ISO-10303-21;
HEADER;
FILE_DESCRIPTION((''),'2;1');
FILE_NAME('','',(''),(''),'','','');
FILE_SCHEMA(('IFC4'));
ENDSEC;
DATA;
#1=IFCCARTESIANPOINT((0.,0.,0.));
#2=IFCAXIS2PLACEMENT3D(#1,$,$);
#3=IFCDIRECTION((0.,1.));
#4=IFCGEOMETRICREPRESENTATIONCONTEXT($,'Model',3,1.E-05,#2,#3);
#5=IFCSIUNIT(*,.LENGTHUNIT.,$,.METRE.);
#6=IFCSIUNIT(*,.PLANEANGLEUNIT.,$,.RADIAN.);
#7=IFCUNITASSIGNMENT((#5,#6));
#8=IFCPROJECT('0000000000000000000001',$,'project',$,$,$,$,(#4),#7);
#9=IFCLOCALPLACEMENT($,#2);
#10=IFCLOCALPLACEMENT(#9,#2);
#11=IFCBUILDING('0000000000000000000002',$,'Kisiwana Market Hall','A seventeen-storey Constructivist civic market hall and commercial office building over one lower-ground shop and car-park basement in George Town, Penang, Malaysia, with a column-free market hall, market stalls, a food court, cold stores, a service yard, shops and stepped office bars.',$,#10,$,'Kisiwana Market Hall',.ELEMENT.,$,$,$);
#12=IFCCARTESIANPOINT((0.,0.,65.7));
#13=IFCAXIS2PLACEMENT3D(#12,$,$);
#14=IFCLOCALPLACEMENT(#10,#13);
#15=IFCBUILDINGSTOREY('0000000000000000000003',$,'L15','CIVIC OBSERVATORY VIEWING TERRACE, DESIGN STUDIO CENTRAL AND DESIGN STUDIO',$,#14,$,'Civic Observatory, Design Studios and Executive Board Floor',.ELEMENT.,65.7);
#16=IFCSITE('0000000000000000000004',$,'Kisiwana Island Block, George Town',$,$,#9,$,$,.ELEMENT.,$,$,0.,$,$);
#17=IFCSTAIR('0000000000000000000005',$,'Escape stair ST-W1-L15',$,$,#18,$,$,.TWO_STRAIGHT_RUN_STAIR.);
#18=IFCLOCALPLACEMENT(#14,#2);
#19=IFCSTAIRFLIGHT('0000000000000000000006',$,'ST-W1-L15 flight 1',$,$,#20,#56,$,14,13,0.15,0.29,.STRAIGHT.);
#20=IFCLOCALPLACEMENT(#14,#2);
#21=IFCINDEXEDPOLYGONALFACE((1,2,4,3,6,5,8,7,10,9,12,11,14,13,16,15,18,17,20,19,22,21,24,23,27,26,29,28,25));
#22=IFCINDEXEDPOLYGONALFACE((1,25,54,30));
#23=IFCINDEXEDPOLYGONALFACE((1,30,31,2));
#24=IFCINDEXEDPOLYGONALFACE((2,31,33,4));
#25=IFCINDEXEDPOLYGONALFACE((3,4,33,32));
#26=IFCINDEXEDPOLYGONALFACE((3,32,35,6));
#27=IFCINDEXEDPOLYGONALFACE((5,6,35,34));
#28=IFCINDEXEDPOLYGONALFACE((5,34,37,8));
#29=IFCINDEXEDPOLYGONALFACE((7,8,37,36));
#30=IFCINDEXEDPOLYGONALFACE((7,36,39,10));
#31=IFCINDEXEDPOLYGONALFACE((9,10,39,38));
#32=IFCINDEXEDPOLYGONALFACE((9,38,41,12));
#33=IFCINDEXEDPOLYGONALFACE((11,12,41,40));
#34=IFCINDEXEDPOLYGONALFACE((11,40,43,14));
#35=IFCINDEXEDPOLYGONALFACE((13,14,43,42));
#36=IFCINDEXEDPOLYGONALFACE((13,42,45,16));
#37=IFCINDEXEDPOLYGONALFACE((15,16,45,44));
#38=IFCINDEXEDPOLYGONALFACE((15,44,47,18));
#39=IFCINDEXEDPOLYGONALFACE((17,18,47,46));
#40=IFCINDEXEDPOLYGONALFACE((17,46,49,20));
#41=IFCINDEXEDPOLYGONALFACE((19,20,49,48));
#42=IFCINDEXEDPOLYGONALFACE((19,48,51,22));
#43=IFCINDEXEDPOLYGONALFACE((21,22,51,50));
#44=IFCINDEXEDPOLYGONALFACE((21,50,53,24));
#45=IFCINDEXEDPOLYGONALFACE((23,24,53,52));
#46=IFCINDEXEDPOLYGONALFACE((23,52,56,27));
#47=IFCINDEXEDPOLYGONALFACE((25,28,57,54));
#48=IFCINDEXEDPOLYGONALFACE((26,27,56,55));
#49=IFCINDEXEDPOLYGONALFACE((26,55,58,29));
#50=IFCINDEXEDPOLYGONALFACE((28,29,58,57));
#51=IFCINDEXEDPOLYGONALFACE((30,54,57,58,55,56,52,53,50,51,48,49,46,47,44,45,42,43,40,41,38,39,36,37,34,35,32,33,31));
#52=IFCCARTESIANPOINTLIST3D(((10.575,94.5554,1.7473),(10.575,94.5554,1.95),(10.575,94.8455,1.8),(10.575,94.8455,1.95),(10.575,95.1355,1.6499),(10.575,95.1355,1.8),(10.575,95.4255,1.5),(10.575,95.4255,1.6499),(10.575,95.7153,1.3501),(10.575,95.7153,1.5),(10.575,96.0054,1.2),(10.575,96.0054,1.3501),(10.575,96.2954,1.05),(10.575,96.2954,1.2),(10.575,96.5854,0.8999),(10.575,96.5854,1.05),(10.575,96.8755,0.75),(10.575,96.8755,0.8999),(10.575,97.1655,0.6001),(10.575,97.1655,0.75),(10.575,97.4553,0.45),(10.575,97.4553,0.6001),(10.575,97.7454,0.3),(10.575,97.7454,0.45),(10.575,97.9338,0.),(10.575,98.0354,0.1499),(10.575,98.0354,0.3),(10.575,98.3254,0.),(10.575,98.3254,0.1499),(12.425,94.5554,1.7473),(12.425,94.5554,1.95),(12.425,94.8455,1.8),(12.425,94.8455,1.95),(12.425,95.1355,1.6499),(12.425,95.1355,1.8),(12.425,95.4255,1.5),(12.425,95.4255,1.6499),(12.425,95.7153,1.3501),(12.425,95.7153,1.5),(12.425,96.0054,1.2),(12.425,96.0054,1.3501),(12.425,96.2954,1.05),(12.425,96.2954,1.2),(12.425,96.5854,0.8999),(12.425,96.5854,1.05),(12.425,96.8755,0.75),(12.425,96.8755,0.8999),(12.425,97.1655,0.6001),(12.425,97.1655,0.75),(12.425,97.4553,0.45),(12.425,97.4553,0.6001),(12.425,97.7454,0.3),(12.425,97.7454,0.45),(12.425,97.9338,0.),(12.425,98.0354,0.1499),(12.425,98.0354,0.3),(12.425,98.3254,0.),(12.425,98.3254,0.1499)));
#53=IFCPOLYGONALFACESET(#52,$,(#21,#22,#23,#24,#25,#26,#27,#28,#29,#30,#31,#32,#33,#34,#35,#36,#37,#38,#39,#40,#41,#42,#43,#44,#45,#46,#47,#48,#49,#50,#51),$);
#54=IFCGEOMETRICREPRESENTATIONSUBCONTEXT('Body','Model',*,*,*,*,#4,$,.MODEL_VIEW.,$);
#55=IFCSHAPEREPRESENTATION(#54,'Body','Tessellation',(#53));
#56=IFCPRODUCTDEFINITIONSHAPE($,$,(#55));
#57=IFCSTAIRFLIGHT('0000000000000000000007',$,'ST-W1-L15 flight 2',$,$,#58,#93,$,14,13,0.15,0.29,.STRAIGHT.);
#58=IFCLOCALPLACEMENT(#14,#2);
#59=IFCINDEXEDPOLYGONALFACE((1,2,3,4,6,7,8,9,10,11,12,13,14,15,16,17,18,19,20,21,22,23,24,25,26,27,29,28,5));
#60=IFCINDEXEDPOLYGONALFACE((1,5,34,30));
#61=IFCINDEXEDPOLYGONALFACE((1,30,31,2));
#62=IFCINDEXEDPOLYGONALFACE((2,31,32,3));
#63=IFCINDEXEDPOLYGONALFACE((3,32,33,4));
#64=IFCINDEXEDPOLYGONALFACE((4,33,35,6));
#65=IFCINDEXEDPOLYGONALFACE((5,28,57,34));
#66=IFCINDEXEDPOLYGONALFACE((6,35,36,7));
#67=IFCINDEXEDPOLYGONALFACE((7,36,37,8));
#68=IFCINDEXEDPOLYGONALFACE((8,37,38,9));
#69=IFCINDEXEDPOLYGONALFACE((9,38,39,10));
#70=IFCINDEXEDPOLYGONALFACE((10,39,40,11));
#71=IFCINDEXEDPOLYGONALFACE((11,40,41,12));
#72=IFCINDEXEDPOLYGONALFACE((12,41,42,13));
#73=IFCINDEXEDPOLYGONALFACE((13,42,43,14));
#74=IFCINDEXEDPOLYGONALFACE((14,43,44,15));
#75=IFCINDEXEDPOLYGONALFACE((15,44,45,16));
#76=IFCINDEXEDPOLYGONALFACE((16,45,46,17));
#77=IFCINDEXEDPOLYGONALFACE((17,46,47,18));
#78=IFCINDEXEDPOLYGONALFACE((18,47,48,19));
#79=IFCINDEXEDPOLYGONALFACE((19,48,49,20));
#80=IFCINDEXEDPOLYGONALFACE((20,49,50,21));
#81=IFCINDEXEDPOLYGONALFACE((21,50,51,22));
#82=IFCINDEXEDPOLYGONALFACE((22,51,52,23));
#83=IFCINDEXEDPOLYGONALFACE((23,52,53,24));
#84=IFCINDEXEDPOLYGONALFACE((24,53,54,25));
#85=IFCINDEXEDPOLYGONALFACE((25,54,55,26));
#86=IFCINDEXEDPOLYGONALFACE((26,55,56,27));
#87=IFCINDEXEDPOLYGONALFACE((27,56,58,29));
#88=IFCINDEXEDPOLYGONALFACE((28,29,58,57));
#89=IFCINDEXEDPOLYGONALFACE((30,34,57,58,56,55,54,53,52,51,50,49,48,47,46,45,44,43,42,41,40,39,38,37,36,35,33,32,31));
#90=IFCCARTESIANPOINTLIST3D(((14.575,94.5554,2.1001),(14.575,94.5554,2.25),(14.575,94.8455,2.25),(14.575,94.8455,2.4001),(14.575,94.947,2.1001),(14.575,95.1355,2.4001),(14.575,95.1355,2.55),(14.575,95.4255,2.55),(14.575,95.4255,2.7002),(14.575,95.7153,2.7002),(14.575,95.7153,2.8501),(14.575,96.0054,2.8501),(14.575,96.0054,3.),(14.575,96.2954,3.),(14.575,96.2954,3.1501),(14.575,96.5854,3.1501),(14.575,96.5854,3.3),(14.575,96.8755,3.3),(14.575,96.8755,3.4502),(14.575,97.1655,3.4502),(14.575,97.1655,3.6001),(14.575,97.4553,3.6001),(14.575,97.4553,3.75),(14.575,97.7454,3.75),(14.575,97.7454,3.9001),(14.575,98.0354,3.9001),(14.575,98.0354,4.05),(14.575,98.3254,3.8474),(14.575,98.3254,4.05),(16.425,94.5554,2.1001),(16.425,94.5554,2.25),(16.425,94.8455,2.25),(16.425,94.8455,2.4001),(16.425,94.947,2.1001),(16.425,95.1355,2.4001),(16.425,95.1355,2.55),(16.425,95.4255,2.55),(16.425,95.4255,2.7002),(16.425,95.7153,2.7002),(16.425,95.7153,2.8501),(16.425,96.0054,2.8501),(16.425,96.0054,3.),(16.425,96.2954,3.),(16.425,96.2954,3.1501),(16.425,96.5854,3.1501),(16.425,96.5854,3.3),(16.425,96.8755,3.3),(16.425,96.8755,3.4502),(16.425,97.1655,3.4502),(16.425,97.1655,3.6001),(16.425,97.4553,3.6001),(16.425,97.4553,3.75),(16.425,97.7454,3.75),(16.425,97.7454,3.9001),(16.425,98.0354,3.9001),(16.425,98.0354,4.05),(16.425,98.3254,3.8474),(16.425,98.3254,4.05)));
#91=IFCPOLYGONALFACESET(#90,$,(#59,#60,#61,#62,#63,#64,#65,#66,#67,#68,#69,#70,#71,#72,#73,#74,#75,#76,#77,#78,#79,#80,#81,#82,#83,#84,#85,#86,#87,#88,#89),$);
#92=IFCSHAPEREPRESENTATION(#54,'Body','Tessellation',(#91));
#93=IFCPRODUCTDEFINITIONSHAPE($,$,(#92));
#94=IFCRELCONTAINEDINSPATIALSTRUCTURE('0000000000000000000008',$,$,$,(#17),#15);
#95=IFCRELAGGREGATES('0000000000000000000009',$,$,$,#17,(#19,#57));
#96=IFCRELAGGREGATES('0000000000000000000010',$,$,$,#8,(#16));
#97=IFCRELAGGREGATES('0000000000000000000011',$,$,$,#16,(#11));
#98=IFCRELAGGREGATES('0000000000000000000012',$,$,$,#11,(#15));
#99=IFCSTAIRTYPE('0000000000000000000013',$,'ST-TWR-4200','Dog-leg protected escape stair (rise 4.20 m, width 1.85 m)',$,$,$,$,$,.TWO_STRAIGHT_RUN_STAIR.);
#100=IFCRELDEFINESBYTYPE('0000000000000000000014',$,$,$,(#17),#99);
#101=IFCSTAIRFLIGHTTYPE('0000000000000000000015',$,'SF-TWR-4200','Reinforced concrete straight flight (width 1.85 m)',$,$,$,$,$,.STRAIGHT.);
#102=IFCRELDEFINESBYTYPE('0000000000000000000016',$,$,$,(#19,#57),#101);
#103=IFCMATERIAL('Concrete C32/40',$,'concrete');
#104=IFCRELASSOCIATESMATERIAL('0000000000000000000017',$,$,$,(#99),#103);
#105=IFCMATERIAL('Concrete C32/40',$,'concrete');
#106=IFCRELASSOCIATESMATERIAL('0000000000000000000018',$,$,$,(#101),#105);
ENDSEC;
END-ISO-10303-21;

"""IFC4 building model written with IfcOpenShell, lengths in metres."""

from ifc_helpers import new_model, si_unit, direction, frame, origin, place, context, subcontext, project, spatial, polyline, outline, extrude, material, type_object, element, aggregate, save


model = new_model("IFC4")

# Units and contexts
model_context = context("Model", 3, precision=1e-05, world=origin(), true_north=direction((0.0, 1.0)))
body_context = subcontext(model_context, "Body", "Model", "MODEL_VIEW")
ifc_project = project(units=[si_unit("LENGTHUNIT", "METRE"), si_unit("PLANEANGLEUNIT", "RADIAN")], contexts=[model_context])

# Site, building, storey
site_placement = place(None, origin())
site = spatial("IfcSite", under=ifc_project, at=site_placement, Name="Kisiwana Island Block, George Town", CompositionType="ELEMENT", RefElevation=0.0)
building_placement = place(site_placement, origin())
building = spatial("IfcBuilding", under=site, at=building_placement, Name="Kisiwana Market Hall", Description="A seventeen-storey Constructivist civic market hall and commercial office building over one lower-ground shop and car-park basement in George Town, Penang, Malaysia, with a column-free market hall, market stalls, a food court, cold stores, a service yard, shops and stepped office bars.", LongName="Kisiwana Market Hall", CompositionType="ELEMENT")
storey_placement = place(building_placement, frame((0.0, 0.0, 65.7)))
storey = spatial("IfcBuildingStorey", under=building, at=storey_placement, Name="L15", Description="CIVIC OBSERVATORY VIEWING TERRACE, DESIGN STUDIO CENTRAL AND DESIGN STUDIO", LongName="Civic Observatory, Design Studios and Executive Board Floor", CompositionType="ELEMENT", Elevation=65.7)

# Stair, stair flights
ifc_material_1 = material(Name="Concrete C32/40", Category="concrete")
stair_type = type_object("IfcStairType", Name="ST-TWR-4200", Description="Dog-leg protected escape stair (rise 4.20 m, width 1.85 m)", PredefinedType="TWO_STRAIGHT_RUN_STAIR", material=ifc_material_1)
stair_placement = place(storey_placement, origin())
stair = element("IfcStair", 1, at=stair_placement, inside=storey, type_object=stair_type, Name="Escape stair ST-W1-L15", PredefinedType="TWO_STRAIGHT_RUN_STAIR")
ifc_material_2 = material(Name="Concrete C32/40", Category="concrete")
stair_flight_type = type_object("IfcStairFlightType", Name="SF-TWR-4200", Description="Reinforced concrete straight flight (width 1.85 m)", PredefinedType="STRAIGHT", material=ifc_material_2)
stair_flight_1_placement = place(storey_placement, frame((11.5, 98.3254, 0.0), z_axis=(0.0, 0.0, 1.0), x_axis=(0.0, -1.0, 0.0)))
stair_flight_1 = element("IfcStairFlight", 2, at=stair_flight_1_placement, type_object=stair_flight_type, Name="ST-W1-L15 flight 1", NumberOfRisers=14, NumberOfTreads=13, PredefinedType="STRAIGHT", RiserHeight=0.15, TreadLength=0.29, context=body_context, shape_type="SweptSolid", body=[
    extrude(outline(polyline([(0.0, 0.0), (0.0, 0.1499), (0.29, 0.1499), (0.29, 0.3), (0.5801, 0.3), (0.5801, 0.45), (0.8701, 0.45), (0.8701, 0.6001), (1.1599, 0.6001), (1.1599, 0.75), (1.45, 0.75), (1.45, 0.8999), (1.74, 0.8999), (1.74, 1.05), (2.03, 1.05), (2.03, 1.2), (2.3201, 1.2), (2.3201, 1.3501), (2.6101, 1.3501), (2.6101, 1.5), (2.8999, 1.5), (2.8999, 1.6499), (3.1899, 1.6499), (3.1899, 1.8), (3.48, 1.8), (3.48, 1.95), (3.77, 1.95), (3.77, 2.1001), (3.77, 1.7473), (0.3916, 0.0), (0.0, 0.0)])), frame((0.0, 0.925, 0.0), z_axis=(0.0, -1.0, 0.0), x_axis=(1.0, 0.0, 0.0)), (0.0, 0.0, 1.0), 1.8501),
])
stair_flight_2_placement = place(storey_placement, frame((15.5, 94.5554, 2.1001), z_axis=(0.0, 0.0, 1.0), x_axis=(0.0, 1.0, 0.0)))
stair_flight_2 = element("IfcStairFlight", 3, at=stair_flight_2_placement, type_object=stair_flight_type, Name="ST-W1-L15 flight 2", NumberOfRisers=14, NumberOfTreads=13, PredefinedType="STRAIGHT", RiserHeight=0.15, TreadLength=0.29, context=body_context, shape_type="SweptSolid", body=[
    extrude(outline(polyline([(0.0, 0.0), (0.0, 0.1499), (0.29, 0.1499), (0.29, 0.3), (0.5801, 0.3), (0.5801, 0.45), (0.8701, 0.45), (0.8701, 0.6001), (1.1599, 0.6001), (1.1599, 0.75), (1.45, 0.75), (1.45, 0.8999), (1.74, 0.8999), (1.74, 1.05), (2.03, 1.05), (2.03, 1.2), (2.3201, 1.2), (2.3201, 1.3501), (2.6101, 1.3501), (2.6101, 1.5), (2.8999, 1.5), (2.8999, 1.6499), (3.1899, 1.6499), (3.1899, 1.8), (3.48, 1.8), (3.48, 1.95), (3.77, 1.95), (3.77, 2.1001), (3.77, 1.7473), (0.3916, 0.0), (0.0, 0.0)])), frame((0.0, 0.925, 0.0), z_axis=(0.0, -1.0, 0.0), x_axis=(1.0, 0.0, 0.0)), (0.0, 0.0, 1.0), 1.8501),
])
aggregate(stair, [stair_flight_1, stair_flight_2])

save(model, "model.ifc")
